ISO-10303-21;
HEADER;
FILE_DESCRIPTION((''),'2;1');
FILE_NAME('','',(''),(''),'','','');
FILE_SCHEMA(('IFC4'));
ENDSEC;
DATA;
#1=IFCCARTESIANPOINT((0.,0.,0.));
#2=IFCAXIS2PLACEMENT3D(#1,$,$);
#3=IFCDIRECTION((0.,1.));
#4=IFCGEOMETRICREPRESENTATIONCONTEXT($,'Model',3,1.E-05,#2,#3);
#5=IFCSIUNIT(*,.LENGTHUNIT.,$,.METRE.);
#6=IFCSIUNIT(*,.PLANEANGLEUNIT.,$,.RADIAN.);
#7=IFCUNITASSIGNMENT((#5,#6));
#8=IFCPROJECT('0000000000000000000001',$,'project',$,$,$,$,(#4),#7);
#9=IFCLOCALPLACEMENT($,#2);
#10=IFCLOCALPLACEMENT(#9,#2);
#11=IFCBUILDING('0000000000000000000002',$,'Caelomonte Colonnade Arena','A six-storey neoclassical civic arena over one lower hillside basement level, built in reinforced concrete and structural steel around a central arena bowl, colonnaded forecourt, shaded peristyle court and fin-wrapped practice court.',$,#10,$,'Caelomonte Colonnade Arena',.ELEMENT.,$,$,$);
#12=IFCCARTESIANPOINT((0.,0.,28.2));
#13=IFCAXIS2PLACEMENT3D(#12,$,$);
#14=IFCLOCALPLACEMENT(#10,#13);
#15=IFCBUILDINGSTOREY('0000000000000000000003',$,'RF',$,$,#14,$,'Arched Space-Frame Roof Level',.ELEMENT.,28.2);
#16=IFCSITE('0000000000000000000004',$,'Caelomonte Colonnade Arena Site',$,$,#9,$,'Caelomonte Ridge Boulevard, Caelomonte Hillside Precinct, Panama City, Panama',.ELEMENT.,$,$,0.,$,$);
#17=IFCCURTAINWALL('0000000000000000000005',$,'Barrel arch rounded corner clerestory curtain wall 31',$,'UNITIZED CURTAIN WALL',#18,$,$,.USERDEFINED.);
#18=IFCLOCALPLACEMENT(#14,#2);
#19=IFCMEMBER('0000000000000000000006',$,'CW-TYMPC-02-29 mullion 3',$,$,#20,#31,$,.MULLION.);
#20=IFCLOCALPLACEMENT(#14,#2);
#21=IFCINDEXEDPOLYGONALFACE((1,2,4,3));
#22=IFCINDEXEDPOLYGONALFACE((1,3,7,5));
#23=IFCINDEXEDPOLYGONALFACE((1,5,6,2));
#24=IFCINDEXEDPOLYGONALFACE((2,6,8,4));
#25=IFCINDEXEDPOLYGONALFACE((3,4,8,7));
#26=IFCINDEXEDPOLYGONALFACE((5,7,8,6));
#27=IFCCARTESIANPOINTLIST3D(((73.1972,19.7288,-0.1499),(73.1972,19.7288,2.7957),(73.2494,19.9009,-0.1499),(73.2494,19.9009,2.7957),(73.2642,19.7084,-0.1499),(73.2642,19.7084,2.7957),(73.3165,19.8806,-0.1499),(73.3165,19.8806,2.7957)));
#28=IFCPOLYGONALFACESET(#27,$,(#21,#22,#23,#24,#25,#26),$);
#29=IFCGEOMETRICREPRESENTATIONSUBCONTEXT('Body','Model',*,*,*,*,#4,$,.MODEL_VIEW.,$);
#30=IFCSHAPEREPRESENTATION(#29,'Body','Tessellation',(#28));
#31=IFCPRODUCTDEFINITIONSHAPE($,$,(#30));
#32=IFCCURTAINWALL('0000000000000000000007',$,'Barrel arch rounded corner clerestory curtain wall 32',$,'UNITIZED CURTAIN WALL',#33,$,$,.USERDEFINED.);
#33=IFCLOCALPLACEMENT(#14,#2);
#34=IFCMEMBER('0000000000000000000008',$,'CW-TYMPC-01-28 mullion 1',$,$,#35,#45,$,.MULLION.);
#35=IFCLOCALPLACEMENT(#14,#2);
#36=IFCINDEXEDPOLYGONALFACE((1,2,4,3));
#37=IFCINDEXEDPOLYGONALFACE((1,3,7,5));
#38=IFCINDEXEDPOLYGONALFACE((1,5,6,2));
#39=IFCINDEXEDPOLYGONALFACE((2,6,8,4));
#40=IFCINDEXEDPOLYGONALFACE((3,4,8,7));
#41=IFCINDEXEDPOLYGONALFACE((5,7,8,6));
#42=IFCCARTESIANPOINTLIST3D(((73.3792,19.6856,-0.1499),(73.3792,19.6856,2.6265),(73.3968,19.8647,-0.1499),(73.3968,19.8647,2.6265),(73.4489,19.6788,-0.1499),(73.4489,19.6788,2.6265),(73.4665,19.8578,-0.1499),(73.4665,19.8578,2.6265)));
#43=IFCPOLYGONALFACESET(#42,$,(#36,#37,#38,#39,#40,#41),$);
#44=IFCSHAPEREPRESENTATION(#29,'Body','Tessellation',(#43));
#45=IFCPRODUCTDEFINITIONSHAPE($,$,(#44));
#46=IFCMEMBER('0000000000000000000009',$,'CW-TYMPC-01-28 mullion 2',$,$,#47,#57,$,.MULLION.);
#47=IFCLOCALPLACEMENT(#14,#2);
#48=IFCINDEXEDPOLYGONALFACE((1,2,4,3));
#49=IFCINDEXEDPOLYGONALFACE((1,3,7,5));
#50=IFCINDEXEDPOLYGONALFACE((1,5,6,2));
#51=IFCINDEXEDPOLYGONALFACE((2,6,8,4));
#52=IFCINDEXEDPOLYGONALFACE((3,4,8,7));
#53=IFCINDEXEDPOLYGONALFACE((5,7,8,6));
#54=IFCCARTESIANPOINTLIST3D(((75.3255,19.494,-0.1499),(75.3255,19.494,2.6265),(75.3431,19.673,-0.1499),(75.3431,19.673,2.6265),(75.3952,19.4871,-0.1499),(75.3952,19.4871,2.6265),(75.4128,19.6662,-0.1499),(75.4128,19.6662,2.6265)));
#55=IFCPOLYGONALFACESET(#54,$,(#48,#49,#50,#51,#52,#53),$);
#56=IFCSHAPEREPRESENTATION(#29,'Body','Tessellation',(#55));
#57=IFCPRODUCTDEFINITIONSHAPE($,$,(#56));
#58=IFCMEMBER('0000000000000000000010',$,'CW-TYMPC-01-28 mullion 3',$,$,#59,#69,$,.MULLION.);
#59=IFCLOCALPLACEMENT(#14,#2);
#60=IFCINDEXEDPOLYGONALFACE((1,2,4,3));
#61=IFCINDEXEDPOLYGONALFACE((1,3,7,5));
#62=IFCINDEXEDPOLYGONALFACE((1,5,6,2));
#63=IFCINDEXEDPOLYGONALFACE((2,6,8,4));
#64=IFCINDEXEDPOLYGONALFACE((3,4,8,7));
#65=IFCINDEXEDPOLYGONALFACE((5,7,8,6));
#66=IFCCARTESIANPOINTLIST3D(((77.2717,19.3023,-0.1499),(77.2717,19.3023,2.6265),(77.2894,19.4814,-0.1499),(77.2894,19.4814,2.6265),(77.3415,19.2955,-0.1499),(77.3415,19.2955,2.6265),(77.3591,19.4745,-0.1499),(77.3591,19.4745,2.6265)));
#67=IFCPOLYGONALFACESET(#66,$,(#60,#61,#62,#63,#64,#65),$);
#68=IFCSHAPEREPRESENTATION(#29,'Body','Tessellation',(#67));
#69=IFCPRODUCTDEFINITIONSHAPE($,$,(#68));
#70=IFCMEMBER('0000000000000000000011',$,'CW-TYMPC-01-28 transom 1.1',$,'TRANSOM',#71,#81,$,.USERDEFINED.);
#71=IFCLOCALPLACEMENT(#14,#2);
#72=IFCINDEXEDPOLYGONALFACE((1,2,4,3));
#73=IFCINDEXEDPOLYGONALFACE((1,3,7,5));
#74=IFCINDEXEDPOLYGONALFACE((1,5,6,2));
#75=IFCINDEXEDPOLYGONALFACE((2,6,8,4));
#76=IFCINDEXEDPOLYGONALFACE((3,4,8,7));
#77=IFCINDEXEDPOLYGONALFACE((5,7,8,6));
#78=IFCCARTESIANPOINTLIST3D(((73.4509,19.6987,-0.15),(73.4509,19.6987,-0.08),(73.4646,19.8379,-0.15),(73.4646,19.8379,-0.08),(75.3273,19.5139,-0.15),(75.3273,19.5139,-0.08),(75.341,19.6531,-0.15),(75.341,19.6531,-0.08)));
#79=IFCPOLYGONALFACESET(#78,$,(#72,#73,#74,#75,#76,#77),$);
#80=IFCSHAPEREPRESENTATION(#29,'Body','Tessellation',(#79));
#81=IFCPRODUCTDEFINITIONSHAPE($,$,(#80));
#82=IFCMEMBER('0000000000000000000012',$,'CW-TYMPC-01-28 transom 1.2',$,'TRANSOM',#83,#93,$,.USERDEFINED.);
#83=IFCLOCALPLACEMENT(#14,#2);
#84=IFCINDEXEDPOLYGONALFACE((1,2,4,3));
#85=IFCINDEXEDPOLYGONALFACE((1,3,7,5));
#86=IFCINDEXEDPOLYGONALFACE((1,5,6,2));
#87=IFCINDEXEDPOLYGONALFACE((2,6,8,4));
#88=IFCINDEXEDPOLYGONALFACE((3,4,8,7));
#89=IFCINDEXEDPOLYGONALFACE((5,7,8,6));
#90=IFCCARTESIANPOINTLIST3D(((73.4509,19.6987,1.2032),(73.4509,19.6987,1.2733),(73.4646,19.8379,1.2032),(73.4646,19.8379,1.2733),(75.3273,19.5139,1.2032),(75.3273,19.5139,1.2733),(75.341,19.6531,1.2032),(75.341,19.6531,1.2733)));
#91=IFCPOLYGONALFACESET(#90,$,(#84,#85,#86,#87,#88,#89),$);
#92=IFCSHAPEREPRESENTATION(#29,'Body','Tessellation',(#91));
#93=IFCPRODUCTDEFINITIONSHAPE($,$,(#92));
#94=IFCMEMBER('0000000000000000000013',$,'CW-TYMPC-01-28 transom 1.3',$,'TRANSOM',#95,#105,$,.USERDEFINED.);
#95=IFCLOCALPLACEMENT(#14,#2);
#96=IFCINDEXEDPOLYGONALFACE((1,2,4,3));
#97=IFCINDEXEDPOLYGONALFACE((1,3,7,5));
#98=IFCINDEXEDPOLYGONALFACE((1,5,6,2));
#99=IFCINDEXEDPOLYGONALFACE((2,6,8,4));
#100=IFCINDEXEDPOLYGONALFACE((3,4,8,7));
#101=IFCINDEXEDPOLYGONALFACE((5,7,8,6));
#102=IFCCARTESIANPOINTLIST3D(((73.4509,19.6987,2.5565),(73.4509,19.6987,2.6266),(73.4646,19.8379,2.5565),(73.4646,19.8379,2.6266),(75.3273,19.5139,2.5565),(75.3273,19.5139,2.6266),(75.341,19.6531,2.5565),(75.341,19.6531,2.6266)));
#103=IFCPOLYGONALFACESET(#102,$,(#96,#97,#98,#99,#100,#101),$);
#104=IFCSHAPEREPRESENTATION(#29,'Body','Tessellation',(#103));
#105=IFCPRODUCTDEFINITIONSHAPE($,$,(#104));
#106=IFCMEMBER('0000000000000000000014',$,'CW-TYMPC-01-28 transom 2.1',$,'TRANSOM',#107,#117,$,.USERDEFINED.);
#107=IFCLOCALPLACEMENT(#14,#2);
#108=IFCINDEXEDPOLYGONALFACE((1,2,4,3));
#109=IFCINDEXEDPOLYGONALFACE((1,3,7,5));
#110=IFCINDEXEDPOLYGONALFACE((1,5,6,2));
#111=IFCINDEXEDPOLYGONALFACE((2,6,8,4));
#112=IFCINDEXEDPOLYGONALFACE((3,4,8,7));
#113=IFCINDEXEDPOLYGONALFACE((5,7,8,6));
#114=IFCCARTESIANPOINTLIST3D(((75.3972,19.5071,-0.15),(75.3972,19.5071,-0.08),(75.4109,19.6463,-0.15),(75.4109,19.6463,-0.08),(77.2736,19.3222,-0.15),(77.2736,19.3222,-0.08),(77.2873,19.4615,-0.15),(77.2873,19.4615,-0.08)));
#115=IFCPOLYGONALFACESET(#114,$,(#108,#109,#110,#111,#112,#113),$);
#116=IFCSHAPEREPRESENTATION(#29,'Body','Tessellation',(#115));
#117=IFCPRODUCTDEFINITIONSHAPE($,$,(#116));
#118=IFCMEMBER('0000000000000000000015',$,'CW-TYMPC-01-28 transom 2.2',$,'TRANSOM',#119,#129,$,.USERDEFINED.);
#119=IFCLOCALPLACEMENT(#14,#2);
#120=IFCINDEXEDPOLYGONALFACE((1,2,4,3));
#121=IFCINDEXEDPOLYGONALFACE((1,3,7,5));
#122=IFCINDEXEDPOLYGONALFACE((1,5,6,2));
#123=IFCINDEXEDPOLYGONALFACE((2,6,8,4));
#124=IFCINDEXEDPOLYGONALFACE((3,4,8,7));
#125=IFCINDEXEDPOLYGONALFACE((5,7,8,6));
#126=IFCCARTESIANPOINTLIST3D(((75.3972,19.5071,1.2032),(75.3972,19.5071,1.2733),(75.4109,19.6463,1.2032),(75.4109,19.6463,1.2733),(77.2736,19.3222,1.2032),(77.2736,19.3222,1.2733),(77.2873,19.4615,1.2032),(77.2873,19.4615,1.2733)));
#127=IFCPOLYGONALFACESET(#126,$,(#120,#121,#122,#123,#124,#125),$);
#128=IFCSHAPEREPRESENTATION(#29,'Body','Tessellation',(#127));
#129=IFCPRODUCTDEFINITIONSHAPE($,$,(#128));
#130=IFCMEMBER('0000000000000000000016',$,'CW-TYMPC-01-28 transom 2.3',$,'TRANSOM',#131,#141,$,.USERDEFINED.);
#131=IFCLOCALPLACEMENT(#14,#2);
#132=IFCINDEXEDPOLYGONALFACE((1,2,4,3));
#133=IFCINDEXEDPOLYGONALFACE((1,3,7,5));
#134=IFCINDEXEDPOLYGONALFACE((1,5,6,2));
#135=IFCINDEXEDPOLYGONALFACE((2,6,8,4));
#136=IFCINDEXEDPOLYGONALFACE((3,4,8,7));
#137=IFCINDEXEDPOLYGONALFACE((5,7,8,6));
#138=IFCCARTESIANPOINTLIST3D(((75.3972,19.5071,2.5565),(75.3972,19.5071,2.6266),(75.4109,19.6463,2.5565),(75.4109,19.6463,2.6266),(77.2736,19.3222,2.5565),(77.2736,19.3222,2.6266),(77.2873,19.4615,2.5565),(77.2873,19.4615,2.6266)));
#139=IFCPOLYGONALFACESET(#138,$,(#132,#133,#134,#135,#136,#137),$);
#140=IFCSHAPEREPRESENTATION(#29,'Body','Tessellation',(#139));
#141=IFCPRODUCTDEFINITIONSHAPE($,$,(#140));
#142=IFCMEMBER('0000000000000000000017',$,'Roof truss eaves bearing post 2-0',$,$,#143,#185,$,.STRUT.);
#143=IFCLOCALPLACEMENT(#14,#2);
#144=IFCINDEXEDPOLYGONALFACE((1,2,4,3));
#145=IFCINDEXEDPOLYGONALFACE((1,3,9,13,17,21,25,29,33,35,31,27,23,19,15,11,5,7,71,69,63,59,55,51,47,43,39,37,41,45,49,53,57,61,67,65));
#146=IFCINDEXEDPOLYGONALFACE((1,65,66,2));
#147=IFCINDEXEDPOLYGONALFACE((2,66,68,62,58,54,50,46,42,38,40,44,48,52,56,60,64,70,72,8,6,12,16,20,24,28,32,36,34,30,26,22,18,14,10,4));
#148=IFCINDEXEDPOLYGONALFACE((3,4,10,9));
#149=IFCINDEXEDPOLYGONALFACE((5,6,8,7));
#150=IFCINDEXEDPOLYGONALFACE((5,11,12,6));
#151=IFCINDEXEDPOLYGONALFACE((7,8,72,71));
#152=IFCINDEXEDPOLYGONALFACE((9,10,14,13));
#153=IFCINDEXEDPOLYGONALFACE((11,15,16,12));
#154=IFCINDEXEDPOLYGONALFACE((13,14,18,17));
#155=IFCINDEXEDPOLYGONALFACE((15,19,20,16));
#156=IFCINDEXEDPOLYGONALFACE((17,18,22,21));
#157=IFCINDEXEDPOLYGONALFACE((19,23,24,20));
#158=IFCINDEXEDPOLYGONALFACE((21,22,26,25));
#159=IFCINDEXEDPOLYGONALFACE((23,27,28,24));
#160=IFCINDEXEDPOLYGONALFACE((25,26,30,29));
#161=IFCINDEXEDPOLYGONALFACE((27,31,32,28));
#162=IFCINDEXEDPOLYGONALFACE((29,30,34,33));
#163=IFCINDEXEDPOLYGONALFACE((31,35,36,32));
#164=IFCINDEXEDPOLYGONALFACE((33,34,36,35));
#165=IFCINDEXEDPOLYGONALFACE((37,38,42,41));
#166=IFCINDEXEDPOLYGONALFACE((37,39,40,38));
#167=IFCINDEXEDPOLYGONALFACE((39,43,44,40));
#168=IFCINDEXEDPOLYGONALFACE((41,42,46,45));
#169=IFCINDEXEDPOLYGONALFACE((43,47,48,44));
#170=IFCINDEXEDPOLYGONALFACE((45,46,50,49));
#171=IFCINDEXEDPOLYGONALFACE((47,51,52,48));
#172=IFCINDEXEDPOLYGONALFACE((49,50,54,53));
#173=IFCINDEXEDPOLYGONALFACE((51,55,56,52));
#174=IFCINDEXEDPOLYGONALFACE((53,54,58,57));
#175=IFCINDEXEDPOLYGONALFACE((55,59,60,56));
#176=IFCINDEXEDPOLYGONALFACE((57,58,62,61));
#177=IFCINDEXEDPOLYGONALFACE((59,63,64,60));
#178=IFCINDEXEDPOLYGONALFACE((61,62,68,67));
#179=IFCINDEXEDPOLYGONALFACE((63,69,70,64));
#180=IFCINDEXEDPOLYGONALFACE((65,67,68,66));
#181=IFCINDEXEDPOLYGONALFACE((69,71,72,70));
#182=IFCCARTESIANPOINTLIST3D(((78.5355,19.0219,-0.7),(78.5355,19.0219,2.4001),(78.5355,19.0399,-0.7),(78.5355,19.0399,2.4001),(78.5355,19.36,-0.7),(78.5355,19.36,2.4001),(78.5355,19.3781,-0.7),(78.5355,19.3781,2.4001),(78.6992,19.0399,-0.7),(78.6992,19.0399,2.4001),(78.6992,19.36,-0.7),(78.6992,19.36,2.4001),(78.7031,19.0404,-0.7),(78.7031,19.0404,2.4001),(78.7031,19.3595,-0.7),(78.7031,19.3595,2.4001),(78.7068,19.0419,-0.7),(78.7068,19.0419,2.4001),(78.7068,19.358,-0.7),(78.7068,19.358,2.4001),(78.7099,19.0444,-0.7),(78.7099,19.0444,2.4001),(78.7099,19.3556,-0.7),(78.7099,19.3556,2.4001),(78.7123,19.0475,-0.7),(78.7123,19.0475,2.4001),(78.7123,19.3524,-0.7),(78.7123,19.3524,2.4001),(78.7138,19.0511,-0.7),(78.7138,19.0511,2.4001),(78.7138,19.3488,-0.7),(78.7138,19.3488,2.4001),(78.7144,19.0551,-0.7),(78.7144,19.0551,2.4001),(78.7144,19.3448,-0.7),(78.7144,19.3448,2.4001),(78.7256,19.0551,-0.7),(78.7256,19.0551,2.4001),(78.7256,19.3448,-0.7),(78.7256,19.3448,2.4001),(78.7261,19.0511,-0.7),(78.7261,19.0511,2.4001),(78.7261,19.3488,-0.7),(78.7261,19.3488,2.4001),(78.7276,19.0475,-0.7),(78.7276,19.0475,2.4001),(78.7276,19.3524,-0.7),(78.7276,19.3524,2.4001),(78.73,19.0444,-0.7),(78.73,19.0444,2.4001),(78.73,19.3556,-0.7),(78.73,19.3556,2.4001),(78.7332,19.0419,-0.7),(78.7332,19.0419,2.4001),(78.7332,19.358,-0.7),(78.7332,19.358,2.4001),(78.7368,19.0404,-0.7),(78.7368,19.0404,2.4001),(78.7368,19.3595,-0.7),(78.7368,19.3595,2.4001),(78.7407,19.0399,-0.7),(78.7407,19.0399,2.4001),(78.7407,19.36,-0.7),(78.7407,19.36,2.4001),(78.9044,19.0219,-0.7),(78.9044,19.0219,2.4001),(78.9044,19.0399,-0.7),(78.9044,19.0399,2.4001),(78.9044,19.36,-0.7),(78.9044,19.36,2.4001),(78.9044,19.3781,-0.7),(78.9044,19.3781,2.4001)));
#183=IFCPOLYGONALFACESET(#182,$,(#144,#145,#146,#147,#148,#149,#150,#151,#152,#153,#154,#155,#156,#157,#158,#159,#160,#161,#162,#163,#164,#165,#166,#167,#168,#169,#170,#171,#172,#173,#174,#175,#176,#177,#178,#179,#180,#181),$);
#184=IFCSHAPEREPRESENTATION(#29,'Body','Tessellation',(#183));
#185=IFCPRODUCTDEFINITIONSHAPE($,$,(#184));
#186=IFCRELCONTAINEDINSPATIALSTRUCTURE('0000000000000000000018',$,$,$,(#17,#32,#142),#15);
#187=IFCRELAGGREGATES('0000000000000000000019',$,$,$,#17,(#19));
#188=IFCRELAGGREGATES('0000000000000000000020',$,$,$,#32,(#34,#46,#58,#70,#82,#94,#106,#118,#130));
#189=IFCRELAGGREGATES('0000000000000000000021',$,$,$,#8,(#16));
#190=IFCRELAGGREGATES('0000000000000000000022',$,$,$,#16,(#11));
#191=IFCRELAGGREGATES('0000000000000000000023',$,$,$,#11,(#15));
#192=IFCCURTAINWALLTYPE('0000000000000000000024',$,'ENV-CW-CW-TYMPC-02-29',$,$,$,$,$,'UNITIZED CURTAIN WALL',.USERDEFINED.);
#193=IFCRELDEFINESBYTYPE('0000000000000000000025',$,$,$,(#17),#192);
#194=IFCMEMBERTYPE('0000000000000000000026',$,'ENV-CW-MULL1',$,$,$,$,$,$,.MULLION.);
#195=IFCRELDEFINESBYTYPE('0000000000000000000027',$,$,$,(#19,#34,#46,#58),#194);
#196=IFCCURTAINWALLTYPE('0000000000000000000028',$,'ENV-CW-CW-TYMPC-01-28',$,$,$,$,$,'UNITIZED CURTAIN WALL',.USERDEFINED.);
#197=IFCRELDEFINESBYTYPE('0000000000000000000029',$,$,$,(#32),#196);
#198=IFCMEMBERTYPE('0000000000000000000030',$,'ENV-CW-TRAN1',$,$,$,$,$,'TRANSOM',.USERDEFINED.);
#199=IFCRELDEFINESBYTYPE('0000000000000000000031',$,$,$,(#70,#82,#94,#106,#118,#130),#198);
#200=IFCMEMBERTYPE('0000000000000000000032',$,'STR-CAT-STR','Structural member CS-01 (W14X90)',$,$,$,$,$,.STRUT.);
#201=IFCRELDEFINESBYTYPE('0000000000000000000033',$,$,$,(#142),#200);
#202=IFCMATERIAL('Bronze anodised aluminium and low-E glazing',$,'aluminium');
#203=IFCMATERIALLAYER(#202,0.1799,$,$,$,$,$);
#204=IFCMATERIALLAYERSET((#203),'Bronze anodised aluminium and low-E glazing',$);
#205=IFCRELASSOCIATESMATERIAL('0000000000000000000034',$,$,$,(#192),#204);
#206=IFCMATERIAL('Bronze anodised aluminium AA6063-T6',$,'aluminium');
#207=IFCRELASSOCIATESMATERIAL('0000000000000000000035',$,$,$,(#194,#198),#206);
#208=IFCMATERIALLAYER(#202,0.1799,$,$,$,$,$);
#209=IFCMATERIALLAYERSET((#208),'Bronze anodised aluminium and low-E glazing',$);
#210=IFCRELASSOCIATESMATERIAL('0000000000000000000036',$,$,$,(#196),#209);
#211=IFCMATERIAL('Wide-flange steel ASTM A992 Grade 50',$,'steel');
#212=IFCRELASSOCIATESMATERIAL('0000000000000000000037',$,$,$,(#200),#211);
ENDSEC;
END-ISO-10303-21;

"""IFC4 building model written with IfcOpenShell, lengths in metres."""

from ifc_helpers import new_model, si_unit, direction, frame, origin, origin_2d, place, context, subcontext, project, spatial, rectangle, i_section, extrude, material, layer, layer_set, material_profile, profile_set, type_object, element, aggregate, save


model = new_model("IFC4")

# Units and contexts
model_context = context("Model", 3, precision=1e-05, world=origin(), true_north=direction((0.0, 1.0)))
body_context = subcontext(model_context, "Body", "Model", "MODEL_VIEW")
ifc_project = project(units=[si_unit("LENGTHUNIT", "METRE"), si_unit("PLANEANGLEUNIT", "RADIAN")], contexts=[model_context])

# Site, building, storey
site_placement = place(None, origin())
site = spatial("IfcSite", under=ifc_project, at=site_placement, Name="Caelomonte Colonnade Arena Site", LongName="Caelomonte Ridge Boulevard, Caelomonte Hillside Precinct, Panama City, Panama", CompositionType="ELEMENT", RefElevation=0.0)
building_placement = place(site_placement, origin())
building = spatial("IfcBuilding", under=site, at=building_placement, Name="Caelomonte Colonnade Arena", Description="A six-storey neoclassical civic arena over one lower hillside basement level, built in reinforced concrete and structural steel around a central arena bowl, colonnaded forecourt, shaded peristyle court and fin-wrapped practice court.", LongName="Caelomonte Colonnade Arena", CompositionType="ELEMENT")
storey_placement = place(building_placement, frame((0.0, 0.0, 28.2)))
storey = spatial("IfcBuildingStorey", under=building, at=storey_placement, Name="RF", LongName="Arched Space-Frame Roof Level", CompositionType="ELEMENT", Elevation=28.2)

# Curtain wall, member
ifc_material_1 = material(Name="Bronze anodised aluminium and low-E glazing", Category="aluminium")
ifc_layer_1 = layer(ifc_material_1, 0.1799)
ifc_layer_set_1 = layer_set([ifc_layer_1], Name="Bronze anodised aluminium and low-E glazing")
curtain_wall_type_1 = type_object("IfcCurtainWallType", Name="ENV-CW-CW-TYMPC-02-29", ElementType="UNITIZED CURTAIN WALL", PredefinedType="USERDEFINED", material=ifc_layer_set_1)
curtain_wall_1_placement = place(storey_placement, origin())
curtain_wall_1 = element("IfcCurtainWall", 1, at=curtain_wall_1_placement, inside=storey, type_object=curtain_wall_type_1, Name="Barrel arch rounded corner clerestory curtain wall 31", ObjectType="UNITIZED CURTAIN WALL", PredefinedType="USERDEFINED")
ifc_material_2 = material(Name="Bronze anodised aluminium AA6063-T6", Category="aluminium")
ifc_material_profile_1 = material_profile(ifc_material_2, rectangle(XDim=0.0701, YDim=0.1799, at=origin_2d()), Name="CWM-70X180")
ifc_profile_set_1 = profile_set([ifc_material_profile_1], Name="Bronze anodised aluminium AA6063-T6")
member_type_1 = type_object("IfcMemberType", Name="ENV-CW-MULL1", PredefinedType="MULLION", material=ifc_profile_set_1)
member_1_placement = place(storey_placement, frame((73.2568, 19.8047, -0.1499), z_axis=(0.0, 0.0, 1.0), x_axis=(0.956946, -0.290266, 0.0)))
member_1 = element("IfcMember", 2, at=member_1_placement, type_object=member_type_1, Name="CW-TYMPC-02-29 mullion 3", PredefinedType="MULLION", context=body_context, shape_type="SweptSolid", body=[
    extrude(rectangle(XDim=0.0701, YDim=0.1799, at=origin_2d()), origin(), (0.0, 0.0, 1.0), 2.9456),
])

# Curtain wall, members
ifc_layer_2 = layer(ifc_material_1, 0.1799)
ifc_layer_set_2 = layer_set([ifc_layer_2], Name="Bronze anodised aluminium and low-E glazing")
curtain_wall_type_2 = type_object("IfcCurtainWallType", Name="ENV-CW-CW-TYMPC-01-28", ElementType="UNITIZED CURTAIN WALL", PredefinedType="USERDEFINED", material=ifc_layer_set_2)
curtain_wall_2_placement = place(storey_placement, origin())
curtain_wall_2 = element("IfcCurtainWall", 3, at=curtain_wall_2_placement, inside=storey, type_object=curtain_wall_type_2, Name="Barrel arch rounded corner clerestory curtain wall 32", ObjectType="UNITIZED CURTAIN WALL", PredefinedType="USERDEFINED")
member_2_placement = place(storey_placement, frame((73.4229, 19.7717, -0.1499), z_axis=(0.0, 0.0, 1.0), x_axis=(0.995183, -0.098031, 0.0)))
member_2 = element("IfcMember", 4, at=member_2_placement, type_object=member_type_1, Name="CW-TYMPC-01-28 mullion 1", PredefinedType="MULLION", context=body_context, shape_type="SweptSolid", body=[
    extrude(rectangle(XDim=0.0701, YDim=0.1799, at=origin_2d()), origin(), (0.0, 0.0, 1.0), 2.7764),
])
member_3_placement = place(storey_placement, frame((75.3691, 19.5801, -0.1499), z_axis=(0.0, 0.0, 1.0), x_axis=(0.995183, -0.098031, 0.0)))
member_3 = element("IfcMember", 5, at=member_3_placement, type_object=member_type_1, Name="CW-TYMPC-01-28 mullion 2", PredefinedType="MULLION", context=body_context, shape_type="SweptSolid", body=[
    extrude(rectangle(XDim=0.0701, YDim=0.1799, at=origin_2d()), origin(), (0.0, 0.0, 1.0), 2.7764),
])
member_4_placement = place(storey_placement, frame((77.3154, 19.3884, -0.1499), z_axis=(0.0, 0.0, 1.0), x_axis=(0.995183, -0.098031, 0.0)))
member_4 = element("IfcMember", 6, at=member_4_placement, type_object=member_type_1, Name="CW-TYMPC-01-28 mullion 3", PredefinedType="MULLION", context=body_context, shape_type="SweptSolid", body=[
    extrude(rectangle(XDim=0.0701, YDim=0.1799, at=origin_2d()), origin(), (0.0, 0.0, 1.0), 2.7764),
])
ifc_material_profile_2 = material_profile(ifc_material_2, rectangle(XDim=0.0701, YDim=0.1399, at=origin_2d()), Name="CWT-70X140")
ifc_profile_set_2 = profile_set([ifc_material_profile_2], Name="Bronze anodised aluminium AA6063-T6")
member_type_2 = type_object("IfcMemberType", Name="ENV-CW-TRAN1", ElementType="TRANSOM", PredefinedType="USERDEFINED", material=ifc_profile_set_2)
member_5_placement = place(storey_placement, frame((73.4578, 19.7683, -0.115), z_axis=(0.995185, -0.098017, 0.0), x_axis=(0.0, 0.0, 1.0)))
member_5 = element("IfcMember", 7, at=member_5_placement, type_object=member_type_2, Name="CW-TYMPC-01-28 transom 1.1", ObjectType="TRANSOM", PredefinedType="USERDEFINED", context=body_context, shape_type="SweptSolid", body=[
    extrude(rectangle(XDim=0.0701, YDim=0.1399, at=origin_2d()), origin(), (0.0, 0.0, 1.0), 1.8855),
])
member_6_placement = place(storey_placement, frame((73.4578, 19.7683, 1.2383), z_axis=(0.995185, -0.098017, 0.0), x_axis=(0.0, 0.0, 1.0)))
member_6 = element("IfcMember", 8, at=member_6_placement, type_object=member_type_2, Name="CW-TYMPC-01-28 transom 1.2", ObjectType="TRANSOM", PredefinedType="USERDEFINED", context=body_context, shape_type="SweptSolid", body=[
    extrude(rectangle(XDim=0.0701, YDim=0.1399, at=origin_2d()), origin(), (0.0, 0.0, 1.0), 1.8855),
])
member_7_placement = place(storey_placement, frame((73.4578, 19.7683, 2.5916), z_axis=(0.995185, -0.098017, 0.0), x_axis=(0.0, 0.0, 1.0)))
member_7 = element("IfcMember", 9, at=member_7_placement, type_object=member_type_2, Name="CW-TYMPC-01-28 transom 1.3", ObjectType="TRANSOM", PredefinedType="USERDEFINED", context=body_context, shape_type="SweptSolid", body=[
    extrude(rectangle(XDim=0.0701, YDim=0.1399, at=origin_2d()), origin(), (0.0, 0.0, 1.0), 1.8855),
])
member_8_placement = place(storey_placement, frame((75.4041, 19.5767, -0.115), z_axis=(0.995185, -0.098017, 0.0), x_axis=(0.0, 0.0, 1.0)))
member_8 = element("IfcMember", 10, at=member_8_placement, type_object=member_type_2, Name="CW-TYMPC-01-28 transom 2.1", ObjectType="TRANSOM", PredefinedType="USERDEFINED", context=body_context, shape_type="SweptSolid", body=[
    extrude(rectangle(XDim=0.0701, YDim=0.1399, at=origin_2d()), origin(), (0.0, 0.0, 1.0), 1.8855),
])
member_9_placement = place(storey_placement, frame((75.4041, 19.5767, 1.2383), z_axis=(0.995185, -0.098017, 0.0), x_axis=(0.0, 0.0, 1.0)))
member_9 = element("IfcMember", 11, at=member_9_placement, type_object=member_type_2, Name="CW-TYMPC-01-28 transom 2.2", ObjectType="TRANSOM", PredefinedType="USERDEFINED", context=body_context, shape_type="SweptSolid", body=[
    extrude(rectangle(XDim=0.0701, YDim=0.1399, at=origin_2d()), origin(), (0.0, 0.0, 1.0), 1.8855),
])
member_10_placement = place(storey_placement, frame((75.4041, 19.5767, 2.5916), z_axis=(0.995185, -0.098017, 0.0), x_axis=(0.0, 0.0, 1.0)))
member_10 = element("IfcMember", 12, at=member_10_placement, type_object=member_type_2, Name="CW-TYMPC-01-28 transom 2.3", ObjectType="TRANSOM", PredefinedType="USERDEFINED", context=body_context, shape_type="SweptSolid", body=[
    extrude(rectangle(XDim=0.0701, YDim=0.1399, at=origin_2d()), origin(), (0.0, 0.0, 1.0), 1.8855),
])

# Member
ifc_material_3 = material(Name="Wide-flange steel ASTM A992 Grade 50", Category="steel")
ifc_material_profile_3 = material_profile(ifc_material_3, i_section(OverallWidth=0.3689, OverallDepth=0.3562, WebThickness=0.0112, FlangeThickness=0.0181, FilletRadius=0.0151, at=origin_2d()), Name="W14X90")
ifc_profile_set_3 = profile_set([ifc_material_profile_3], Name="Wide-flange steel ASTM A992 Grade 50")
member_type_3 = type_object("IfcMemberType", Name="STR-CAT-STR", Description="Structural member CS-01 (W14X90)", PredefinedType="STRUT", material=ifc_profile_set_3)
member_11_placement = place(storey_placement, frame((78.72, 19.2, -0.7), z_axis=(0.0, 0.0, 1.0), x_axis=(1.0, 0.0, 0.0)))
element("IfcMember", 13, at=member_11_placement, inside=storey, type_object=member_type_3, Name="Roof truss eaves bearing post 2-0", PredefinedType="STRUT", context=body_context, shape_type="SweptSolid", body=[
    extrude(i_section(OverallWidth=0.3689, OverallDepth=0.3562, WebThickness=0.0112, FlangeThickness=0.0181, FilletRadius=0.0151, at=origin_2d()), origin(), (0.0, 0.0, 1.0), 3.1001),
])

aggregate(curtain_wall_1, [member_1])
aggregate(curtain_wall_2, [member_2, member_3, member_4, member_5, member_6, member_7, member_8, member_9, member_10])

save(model, "model.ifc")
